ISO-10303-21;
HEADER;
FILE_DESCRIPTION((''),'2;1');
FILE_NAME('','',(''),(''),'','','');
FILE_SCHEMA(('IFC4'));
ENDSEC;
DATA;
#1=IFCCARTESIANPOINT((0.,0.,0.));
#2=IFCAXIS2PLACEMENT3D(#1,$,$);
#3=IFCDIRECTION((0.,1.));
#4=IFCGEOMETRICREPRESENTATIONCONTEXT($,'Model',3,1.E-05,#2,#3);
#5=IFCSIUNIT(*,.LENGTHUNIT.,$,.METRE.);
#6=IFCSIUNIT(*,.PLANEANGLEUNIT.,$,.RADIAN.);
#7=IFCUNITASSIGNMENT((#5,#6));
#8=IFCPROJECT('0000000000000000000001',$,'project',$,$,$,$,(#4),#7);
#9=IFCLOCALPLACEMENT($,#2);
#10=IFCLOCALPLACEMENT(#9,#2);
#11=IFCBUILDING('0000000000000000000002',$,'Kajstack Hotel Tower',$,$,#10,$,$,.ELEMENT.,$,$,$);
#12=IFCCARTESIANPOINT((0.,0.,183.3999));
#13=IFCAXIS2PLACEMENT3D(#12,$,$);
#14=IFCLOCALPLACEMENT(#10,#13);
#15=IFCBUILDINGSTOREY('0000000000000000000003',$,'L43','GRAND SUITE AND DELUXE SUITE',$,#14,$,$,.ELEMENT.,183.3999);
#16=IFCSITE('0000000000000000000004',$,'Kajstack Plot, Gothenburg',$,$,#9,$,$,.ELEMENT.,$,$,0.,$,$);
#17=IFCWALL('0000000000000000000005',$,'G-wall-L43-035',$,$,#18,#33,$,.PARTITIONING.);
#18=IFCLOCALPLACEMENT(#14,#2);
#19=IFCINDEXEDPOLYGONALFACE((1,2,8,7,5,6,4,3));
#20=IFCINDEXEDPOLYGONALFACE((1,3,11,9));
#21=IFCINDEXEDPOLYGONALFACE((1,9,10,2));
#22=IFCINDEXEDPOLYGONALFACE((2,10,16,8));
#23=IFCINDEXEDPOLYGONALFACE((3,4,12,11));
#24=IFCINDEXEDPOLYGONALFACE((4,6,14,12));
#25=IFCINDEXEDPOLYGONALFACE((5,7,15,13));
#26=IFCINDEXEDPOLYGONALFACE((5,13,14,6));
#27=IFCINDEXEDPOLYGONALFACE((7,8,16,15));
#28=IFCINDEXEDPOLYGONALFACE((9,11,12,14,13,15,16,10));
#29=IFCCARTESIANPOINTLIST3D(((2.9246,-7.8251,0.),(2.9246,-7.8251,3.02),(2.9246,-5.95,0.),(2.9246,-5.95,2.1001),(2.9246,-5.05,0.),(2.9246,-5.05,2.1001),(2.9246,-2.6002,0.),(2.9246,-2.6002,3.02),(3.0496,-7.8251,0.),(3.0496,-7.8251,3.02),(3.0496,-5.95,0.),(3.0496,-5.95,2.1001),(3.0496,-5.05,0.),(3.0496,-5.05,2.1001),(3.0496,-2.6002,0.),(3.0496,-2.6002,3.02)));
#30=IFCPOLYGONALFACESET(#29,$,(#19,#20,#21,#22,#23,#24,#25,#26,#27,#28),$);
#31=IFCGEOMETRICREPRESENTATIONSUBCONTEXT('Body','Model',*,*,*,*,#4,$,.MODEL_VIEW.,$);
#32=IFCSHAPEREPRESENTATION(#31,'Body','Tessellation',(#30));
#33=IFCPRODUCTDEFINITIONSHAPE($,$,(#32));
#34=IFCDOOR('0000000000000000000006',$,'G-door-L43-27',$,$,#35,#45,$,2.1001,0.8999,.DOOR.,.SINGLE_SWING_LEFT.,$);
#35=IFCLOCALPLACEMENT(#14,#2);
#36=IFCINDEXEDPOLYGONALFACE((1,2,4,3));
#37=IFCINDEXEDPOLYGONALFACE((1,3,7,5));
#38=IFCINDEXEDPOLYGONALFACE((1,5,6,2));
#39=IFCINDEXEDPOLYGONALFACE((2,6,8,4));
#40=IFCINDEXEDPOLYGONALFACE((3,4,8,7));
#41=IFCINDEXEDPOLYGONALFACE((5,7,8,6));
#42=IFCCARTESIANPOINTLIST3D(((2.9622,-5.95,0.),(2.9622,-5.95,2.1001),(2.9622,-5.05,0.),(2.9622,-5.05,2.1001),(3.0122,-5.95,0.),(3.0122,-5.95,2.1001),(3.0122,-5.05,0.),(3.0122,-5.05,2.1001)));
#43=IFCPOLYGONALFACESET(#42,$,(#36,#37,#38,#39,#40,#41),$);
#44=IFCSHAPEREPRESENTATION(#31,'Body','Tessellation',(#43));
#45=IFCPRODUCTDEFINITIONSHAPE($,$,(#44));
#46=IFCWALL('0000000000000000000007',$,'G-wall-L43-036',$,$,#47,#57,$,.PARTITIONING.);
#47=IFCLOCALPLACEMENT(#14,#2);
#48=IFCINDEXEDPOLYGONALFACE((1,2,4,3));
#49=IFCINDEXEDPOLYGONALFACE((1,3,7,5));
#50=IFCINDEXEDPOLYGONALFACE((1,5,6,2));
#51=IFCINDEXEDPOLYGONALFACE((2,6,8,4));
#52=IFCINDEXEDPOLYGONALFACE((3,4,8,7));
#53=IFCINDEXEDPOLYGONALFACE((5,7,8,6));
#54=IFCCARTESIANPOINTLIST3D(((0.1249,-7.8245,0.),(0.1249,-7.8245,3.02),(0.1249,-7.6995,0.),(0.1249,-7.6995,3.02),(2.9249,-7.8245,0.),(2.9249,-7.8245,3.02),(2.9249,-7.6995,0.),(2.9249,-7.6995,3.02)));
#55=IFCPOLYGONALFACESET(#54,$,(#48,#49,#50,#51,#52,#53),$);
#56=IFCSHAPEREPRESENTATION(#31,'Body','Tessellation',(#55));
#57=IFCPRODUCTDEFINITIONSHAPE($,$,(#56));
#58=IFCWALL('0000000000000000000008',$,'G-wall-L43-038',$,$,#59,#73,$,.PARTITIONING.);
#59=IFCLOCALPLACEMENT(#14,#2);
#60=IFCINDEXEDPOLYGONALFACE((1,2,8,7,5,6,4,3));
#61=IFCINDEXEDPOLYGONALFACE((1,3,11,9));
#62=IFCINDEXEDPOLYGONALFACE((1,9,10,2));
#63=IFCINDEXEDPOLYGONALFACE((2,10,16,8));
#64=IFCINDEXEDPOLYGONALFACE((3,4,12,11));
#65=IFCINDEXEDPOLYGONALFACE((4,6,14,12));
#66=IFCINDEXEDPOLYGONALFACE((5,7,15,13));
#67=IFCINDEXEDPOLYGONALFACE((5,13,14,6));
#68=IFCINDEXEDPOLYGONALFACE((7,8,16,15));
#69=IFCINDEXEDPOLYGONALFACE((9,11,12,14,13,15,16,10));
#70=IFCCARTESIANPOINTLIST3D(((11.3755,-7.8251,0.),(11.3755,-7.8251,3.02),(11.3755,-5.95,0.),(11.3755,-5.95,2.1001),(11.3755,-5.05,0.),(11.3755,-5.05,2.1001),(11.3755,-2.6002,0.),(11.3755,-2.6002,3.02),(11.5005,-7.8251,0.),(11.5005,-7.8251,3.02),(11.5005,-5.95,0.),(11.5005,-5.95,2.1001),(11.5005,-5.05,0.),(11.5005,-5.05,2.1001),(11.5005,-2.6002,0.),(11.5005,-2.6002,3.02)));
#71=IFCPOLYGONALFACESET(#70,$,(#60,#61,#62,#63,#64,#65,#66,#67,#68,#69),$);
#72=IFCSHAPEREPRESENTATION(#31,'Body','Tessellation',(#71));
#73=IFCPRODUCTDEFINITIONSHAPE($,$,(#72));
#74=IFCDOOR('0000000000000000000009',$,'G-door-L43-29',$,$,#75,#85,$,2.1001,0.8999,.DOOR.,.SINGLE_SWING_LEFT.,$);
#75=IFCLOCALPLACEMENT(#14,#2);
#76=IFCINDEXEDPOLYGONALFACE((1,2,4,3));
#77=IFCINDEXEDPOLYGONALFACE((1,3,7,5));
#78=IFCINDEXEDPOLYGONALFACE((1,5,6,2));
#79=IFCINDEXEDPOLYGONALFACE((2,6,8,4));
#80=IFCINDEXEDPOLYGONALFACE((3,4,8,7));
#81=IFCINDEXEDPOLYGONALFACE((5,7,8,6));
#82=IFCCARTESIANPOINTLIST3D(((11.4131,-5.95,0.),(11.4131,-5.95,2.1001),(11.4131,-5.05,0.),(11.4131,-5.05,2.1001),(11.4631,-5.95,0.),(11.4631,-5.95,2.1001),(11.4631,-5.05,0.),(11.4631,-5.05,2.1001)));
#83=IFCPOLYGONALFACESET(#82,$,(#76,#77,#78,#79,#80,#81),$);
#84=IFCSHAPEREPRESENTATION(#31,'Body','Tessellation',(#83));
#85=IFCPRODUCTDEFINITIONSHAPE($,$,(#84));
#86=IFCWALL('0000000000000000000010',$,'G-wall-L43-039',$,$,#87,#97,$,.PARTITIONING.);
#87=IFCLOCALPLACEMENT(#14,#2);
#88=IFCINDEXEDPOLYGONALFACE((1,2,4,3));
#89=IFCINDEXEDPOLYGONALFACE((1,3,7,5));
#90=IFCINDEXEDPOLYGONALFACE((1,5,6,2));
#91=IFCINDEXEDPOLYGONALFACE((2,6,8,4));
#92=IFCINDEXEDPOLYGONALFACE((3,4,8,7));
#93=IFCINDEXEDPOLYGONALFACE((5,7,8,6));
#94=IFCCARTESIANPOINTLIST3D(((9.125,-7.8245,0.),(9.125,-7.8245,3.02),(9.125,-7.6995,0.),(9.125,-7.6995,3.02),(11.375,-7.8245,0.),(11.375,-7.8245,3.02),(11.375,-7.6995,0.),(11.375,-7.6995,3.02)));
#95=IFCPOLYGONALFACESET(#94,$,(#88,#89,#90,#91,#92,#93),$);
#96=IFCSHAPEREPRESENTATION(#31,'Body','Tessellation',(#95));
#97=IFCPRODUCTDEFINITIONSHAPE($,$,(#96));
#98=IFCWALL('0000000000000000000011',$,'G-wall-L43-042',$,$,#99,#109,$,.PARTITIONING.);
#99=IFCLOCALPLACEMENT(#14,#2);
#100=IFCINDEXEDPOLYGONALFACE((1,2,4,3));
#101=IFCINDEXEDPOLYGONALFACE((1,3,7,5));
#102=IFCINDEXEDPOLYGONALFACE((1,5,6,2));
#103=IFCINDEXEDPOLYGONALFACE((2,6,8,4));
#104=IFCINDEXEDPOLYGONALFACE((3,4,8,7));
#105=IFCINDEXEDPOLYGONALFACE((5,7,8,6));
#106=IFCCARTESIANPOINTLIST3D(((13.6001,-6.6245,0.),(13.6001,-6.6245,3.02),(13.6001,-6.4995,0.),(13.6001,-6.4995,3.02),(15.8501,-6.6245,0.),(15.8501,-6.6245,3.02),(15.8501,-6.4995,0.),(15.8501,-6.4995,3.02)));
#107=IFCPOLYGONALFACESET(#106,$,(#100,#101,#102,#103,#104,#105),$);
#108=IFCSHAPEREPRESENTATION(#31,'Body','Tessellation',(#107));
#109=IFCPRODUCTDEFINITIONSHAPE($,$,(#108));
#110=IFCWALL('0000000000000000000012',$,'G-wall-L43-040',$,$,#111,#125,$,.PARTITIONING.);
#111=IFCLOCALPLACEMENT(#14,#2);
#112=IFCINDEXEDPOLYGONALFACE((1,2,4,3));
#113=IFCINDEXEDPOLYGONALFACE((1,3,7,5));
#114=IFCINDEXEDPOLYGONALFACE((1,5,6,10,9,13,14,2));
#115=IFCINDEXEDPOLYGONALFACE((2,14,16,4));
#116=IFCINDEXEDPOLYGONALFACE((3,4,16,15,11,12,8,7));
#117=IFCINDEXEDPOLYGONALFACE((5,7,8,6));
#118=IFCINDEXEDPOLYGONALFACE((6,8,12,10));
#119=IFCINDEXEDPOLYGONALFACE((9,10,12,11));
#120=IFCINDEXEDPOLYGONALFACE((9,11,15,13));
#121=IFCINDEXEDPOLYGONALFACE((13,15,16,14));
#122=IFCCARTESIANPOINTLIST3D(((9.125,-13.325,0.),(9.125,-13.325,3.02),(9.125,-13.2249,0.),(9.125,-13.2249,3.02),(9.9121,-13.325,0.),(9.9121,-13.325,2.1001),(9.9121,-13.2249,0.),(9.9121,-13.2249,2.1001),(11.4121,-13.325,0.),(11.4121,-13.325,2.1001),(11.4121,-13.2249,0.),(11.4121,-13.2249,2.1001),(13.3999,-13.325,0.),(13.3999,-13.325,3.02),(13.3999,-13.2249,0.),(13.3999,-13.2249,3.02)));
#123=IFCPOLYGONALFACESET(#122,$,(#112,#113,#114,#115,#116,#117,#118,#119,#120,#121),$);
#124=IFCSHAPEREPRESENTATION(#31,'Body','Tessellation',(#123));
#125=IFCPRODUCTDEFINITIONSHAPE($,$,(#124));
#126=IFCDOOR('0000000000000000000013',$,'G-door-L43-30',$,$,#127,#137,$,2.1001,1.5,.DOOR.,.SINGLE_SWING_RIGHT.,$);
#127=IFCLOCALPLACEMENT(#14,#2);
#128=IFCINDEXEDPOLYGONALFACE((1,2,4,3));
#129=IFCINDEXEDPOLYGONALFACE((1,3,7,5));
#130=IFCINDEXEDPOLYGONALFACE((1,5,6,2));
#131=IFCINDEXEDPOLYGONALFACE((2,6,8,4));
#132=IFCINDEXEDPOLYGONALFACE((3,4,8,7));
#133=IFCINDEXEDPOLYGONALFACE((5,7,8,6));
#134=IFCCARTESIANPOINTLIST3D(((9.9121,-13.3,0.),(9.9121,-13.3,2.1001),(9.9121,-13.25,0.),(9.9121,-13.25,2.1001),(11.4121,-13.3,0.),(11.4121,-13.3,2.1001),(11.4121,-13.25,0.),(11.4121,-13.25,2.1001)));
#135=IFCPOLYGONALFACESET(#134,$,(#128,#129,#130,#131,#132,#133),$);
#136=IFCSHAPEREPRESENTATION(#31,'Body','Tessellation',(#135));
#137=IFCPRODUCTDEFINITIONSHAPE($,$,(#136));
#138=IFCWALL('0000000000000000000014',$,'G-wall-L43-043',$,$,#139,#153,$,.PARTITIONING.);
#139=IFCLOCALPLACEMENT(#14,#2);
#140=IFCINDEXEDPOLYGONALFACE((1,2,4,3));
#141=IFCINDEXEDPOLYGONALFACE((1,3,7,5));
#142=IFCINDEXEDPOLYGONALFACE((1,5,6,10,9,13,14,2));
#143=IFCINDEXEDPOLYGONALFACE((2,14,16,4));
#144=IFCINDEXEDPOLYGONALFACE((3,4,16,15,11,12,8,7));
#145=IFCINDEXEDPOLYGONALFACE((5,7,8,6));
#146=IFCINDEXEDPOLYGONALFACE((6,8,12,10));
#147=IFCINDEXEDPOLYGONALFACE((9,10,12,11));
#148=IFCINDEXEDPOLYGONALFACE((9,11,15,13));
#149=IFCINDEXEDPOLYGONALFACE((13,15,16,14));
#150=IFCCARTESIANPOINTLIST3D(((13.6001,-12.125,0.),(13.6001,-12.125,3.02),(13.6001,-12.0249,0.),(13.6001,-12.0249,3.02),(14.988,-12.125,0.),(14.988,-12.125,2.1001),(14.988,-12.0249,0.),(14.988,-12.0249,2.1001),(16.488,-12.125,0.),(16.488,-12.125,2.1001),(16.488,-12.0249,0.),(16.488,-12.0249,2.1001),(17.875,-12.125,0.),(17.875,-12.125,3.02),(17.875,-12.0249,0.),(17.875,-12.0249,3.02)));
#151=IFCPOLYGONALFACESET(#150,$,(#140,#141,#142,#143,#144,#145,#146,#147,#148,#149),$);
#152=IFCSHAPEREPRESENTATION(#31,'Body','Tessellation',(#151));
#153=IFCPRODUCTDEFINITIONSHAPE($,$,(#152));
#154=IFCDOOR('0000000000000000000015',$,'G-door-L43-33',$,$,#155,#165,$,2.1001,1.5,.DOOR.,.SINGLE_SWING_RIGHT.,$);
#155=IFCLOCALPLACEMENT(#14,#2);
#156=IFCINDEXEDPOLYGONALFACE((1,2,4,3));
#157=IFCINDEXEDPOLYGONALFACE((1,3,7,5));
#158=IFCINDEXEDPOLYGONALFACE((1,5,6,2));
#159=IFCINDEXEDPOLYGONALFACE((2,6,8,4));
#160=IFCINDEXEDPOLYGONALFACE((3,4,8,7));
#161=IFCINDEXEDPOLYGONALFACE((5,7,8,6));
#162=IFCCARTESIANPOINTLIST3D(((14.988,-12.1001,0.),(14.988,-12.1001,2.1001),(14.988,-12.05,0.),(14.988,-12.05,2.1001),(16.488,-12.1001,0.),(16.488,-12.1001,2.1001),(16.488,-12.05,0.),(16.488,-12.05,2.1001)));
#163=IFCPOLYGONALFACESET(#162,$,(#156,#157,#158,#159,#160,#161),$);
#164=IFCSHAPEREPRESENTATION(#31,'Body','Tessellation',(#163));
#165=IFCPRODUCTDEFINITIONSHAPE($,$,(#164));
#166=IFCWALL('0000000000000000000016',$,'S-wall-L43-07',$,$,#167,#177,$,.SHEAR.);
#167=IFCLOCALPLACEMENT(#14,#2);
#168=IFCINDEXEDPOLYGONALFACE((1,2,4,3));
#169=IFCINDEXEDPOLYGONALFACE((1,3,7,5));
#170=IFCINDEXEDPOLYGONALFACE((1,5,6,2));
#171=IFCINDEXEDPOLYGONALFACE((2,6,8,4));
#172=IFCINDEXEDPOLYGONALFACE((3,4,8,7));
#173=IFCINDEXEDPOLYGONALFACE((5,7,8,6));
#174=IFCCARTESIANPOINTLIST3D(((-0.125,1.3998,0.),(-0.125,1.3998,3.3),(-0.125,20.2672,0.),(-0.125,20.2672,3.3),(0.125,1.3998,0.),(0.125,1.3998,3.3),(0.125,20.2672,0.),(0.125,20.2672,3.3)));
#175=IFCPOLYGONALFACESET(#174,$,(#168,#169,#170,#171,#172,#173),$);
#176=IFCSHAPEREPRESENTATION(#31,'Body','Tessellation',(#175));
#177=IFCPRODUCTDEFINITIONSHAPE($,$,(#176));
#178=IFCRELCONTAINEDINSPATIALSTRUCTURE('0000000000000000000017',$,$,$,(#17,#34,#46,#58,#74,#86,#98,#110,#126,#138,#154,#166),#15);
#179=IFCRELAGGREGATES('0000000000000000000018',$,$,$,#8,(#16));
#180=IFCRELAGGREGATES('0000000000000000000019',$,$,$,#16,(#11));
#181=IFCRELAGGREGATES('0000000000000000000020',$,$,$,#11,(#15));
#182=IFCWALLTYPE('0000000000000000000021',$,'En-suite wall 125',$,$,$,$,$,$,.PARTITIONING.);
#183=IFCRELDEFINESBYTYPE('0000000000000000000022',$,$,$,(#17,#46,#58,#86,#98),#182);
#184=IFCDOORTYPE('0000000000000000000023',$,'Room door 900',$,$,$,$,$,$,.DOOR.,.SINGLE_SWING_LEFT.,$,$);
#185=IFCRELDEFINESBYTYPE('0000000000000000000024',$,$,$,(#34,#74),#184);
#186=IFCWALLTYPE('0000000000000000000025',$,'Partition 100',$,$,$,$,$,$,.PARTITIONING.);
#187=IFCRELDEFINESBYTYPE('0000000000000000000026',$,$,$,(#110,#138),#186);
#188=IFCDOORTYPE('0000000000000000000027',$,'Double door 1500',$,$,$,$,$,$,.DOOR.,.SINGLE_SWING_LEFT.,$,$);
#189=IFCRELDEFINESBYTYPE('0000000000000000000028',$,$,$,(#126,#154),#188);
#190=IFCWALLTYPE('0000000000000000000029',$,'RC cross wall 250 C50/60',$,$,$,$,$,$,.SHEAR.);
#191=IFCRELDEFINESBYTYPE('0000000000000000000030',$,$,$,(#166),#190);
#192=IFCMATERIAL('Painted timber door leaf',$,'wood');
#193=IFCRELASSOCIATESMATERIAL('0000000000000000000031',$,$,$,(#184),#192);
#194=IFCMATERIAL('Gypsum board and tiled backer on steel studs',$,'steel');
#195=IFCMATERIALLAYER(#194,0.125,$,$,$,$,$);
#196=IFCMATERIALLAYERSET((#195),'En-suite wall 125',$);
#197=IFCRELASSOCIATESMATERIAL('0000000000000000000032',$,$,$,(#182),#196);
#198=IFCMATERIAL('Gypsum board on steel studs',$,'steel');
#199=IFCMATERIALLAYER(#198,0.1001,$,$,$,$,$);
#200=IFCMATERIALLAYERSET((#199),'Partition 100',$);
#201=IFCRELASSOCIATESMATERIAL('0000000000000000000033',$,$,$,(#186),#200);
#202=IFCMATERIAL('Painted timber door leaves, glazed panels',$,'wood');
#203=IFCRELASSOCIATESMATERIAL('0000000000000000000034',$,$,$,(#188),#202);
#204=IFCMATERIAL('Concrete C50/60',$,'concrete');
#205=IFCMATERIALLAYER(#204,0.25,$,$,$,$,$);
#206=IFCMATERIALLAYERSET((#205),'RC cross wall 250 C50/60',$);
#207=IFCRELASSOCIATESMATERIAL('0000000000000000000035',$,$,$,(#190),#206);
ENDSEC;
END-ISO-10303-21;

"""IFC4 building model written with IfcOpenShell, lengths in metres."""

from ifc_helpers import new_model, si_unit, direction, frame, frame_2d, origin, place, context, subcontext, project, spatial, rectangle, extrude, material, layer, layer_set, type_object, element, fill, save


model = new_model("IFC4")

# Units and contexts
model_context = context("Model", 3, precision=1e-05, world=origin(), true_north=direction((0.0, 1.0)))
body_context = subcontext(model_context, "Body", "Model", "MODEL_VIEW")
ifc_project = project(units=[si_unit("LENGTHUNIT", "METRE"), si_unit("PLANEANGLEUNIT", "RADIAN")], contexts=[model_context])

# Site, building, storey
site_placement = place(None, origin())
site = spatial("IfcSite", under=ifc_project, at=site_placement, Name="Kajstack Plot, Gothenburg", CompositionType="ELEMENT", RefElevation=0.0)
building_placement = place(site_placement, origin())
building = spatial("IfcBuilding", under=site, at=building_placement, Name="Kajstack Hotel Tower", CompositionType="ELEMENT")
storey_placement = place(building_placement, frame((0.0, 0.0, 183.3999)))
storey = spatial("IfcBuildingStorey", under=building, at=storey_placement, Name="L43", Description="GRAND SUITE AND DELUXE SUITE", CompositionType="ELEMENT", Elevation=183.3999)

# Shared definitions
ifc_material_1 = material(Name="Painted timber door leaf", Category="wood")
door_type_1 = type_object("IfcDoorType", Name="Room door 900", OperationType="SINGLE_SWING_LEFT", PredefinedType="DOOR", material=ifc_material_1)

# Wall, opening, door
ifc_material_2 = material(Name="Gypsum board and tiled backer on steel studs", Category="steel")
ifc_layer_1 = layer(ifc_material_2, 0.125)
ifc_layer_set_1 = layer_set([ifc_layer_1], Name="En-suite wall 125")
wall_type_1 = type_object("IfcWallType", Name="En-suite wall 125", PredefinedType="PARTITIONING", material=ifc_layer_set_1)
wall_1_placement = place(storey_placement, frame((2.9871, -7.825, 0.0), z_axis=(0.0, 0.0, 1.0), x_axis=(0.0, 1.0, 0.0)))
wall_1 = element("IfcWall", 1, at=wall_1_placement, inside=storey, type_object=wall_type_1, Name="G-wall-L43-035", PredefinedType="PARTITIONING", context=body_context, shape_type="SweptSolid", body=[
    extrude(rectangle(XDim=5.2249, YDim=0.125, at=frame_2d((2.6123, 0.0))), origin(), (0.0, 0.0, 1.0), 3.02),
])
opening_1_placement = place(wall_1_placement, frame((1.875, 0.0, 0.0)))
opening_1 = element("IfcOpeningElement", 2, at=opening_1_placement, cuts=wall_1, PredefinedType="OPENING", context=body_context, shape_type="SweptSolid", body=[
    extrude(rectangle(XDim=0.8999, YDim=2.1001, at=frame_2d((0.45, 1.05))), frame((0.0, 0.0725, 0.0), z_axis=(0.0, -1.0, 0.0), x_axis=(1.0, 0.0, 0.0)), (0.0, 0.0, 1.0), 0.145),
])
door_1_placement = place(opening_1_placement, origin())
door_1 = element("IfcDoor", 3, at=door_1_placement, inside=storey, type_object=door_type_1, Name="G-door-L43-27", OperationType="SINGLE_SWING_LEFT", OverallHeight=2.1001, OverallWidth=0.8999, PredefinedType="DOOR", context=body_context, shape_type="SweptSolid", body=[
    extrude(rectangle(XDim=0.8999, YDim=2.1001, at=frame_2d((0.45, 1.05))), frame((0.0, 0.0249, 0.0), z_axis=(0.0, -1.0, 0.0), x_axis=(1.0, 0.0, 0.0)), (0.0, 0.0, 1.0), 0.05),
])
fill(opening_1, door_1)

# Wall
wall_2_placement = place(storey_placement, frame((0.125, -7.762, 0.0), z_axis=(0.0, 0.0, 1.0), x_axis=(1.0, 0.0, 0.0)))
element("IfcWall", 4, at=wall_2_placement, inside=storey, type_object=wall_type_1, Name="G-wall-L43-036", PredefinedType="PARTITIONING", context=body_context, shape_type="SweptSolid", body=[
    extrude(rectangle(XDim=2.8, YDim=0.125, at=frame_2d((1.3999, 0.0))), origin(), (0.0, 0.0, 1.0), 3.02),
])

# Wall, opening, door
wall_3_placement = place(storey_placement, frame((11.438, -7.825, 0.0), z_axis=(0.0, 0.0, 1.0), x_axis=(0.0, 1.0, 0.0)))
wall_3 = element("IfcWall", 5, at=wall_3_placement, inside=storey, type_object=wall_type_1, Name="G-wall-L43-038", PredefinedType="PARTITIONING", context=body_context, shape_type="SweptSolid", body=[
    extrude(rectangle(XDim=5.2249, YDim=0.125, at=frame_2d((2.6123, 0.0))), origin(), (0.0, 0.0, 1.0), 3.02),
])
opening_2_placement = place(wall_3_placement, frame((1.875, 0.0, 0.0)))
opening_2 = element("IfcOpeningElement", 6, at=opening_2_placement, cuts=wall_3, PredefinedType="OPENING", context=body_context, shape_type="SweptSolid", body=[
    extrude(rectangle(XDim=0.8999, YDim=2.1001, at=frame_2d((0.45, 1.05))), frame((0.0, 0.0725, 0.0), z_axis=(0.0, -1.0, 0.0), x_axis=(1.0, 0.0, 0.0)), (0.0, 0.0, 1.0), 0.145),
])
door_2_placement = place(opening_2_placement, origin())
door_2 = element("IfcDoor", 7, at=door_2_placement, inside=storey, type_object=door_type_1, Name="G-door-L43-29", OperationType="SINGLE_SWING_LEFT", OverallHeight=2.1001, OverallWidth=0.8999, PredefinedType="DOOR", context=body_context, shape_type="SweptSolid", body=[
    extrude(rectangle(XDim=0.8999, YDim=2.1001, at=frame_2d((0.45, 1.05))), frame((0.0, 0.0249, 0.0), z_axis=(0.0, -1.0, 0.0), x_axis=(1.0, 0.0, 0.0)), (0.0, 0.0, 1.0), 0.05),
])
fill(opening_2, door_2)

# Walls
for number, where, z_axis, x_axis, name in (
    (8, (9.125, -7.762, 0.0), (0.0, 0.0, 1.0), (1.0, 0.0, 0.0), "G-wall-L43-039"),
    (9, (13.6001, -6.562, 0.0), (0.0, 0.0, 1.0), (1.0, 0.0, 0.0), "G-wall-L43-042"),
):
    element("IfcWall", number, at=place(storey_placement, frame(where, z_axis=z_axis, x_axis=x_axis)), inside=storey, type_object=wall_type_1, Name=name, PredefinedType="PARTITIONING", context=body_context, shape_type="SweptSolid", body=[
        extrude(rectangle(XDim=2.25, YDim=0.125, at=frame_2d((1.125, 0.0))), origin(), (0.0, 0.0, 1.0), 3.02),
    ])

# Walls, openings, doors
ifc_material_3 = material(Name="Gypsum board on steel studs", Category="steel")
ifc_layer_2 = layer(ifc_material_3, 0.1001)
ifc_layer_set_2 = layer_set([ifc_layer_2], Name="Partition 100")
wall_type_2 = type_object("IfcWallType", Name="Partition 100", PredefinedType="PARTITIONING", material=ifc_layer_set_2)
wall_4_placement = place(storey_placement, frame((9.125, -13.2749, 0.0), z_axis=(0.0, 0.0, 1.0), x_axis=(1.0, 0.0, 0.0)))
wall_4 = element("IfcWall", 10, at=wall_4_placement, inside=storey, type_object=wall_type_2, Name="G-wall-L43-040", PredefinedType="PARTITIONING", context=body_context, shape_type="SweptSolid", body=[
    extrude(rectangle(XDim=4.2749, YDim=0.1001, at=frame_2d((2.1375, 0.0))), origin(), (0.0, 0.0, 1.0), 3.02),
])
opening_3_placement = place(wall_4_placement, frame((0.7871, 0.0, 0.0)))
opening_3 = element("IfcOpeningElement", 11, at=opening_3_placement, cuts=wall_4, PredefinedType="OPENING", context=body_context, shape_type="SweptSolid", body=[
    extrude(rectangle(XDim=1.5, YDim=2.1001, at=frame_2d((0.75, 1.05))), frame((0.0, 0.0601, 0.0), z_axis=(0.0, -1.0, 0.0), x_axis=(1.0, 0.0, 0.0)), (0.0, 0.0, 1.0), 0.1201),
])
ifc_material_4 = material(Name="Painted timber door leaves, glazed panels", Category="wood")
door_type_2 = type_object("IfcDoorType", Name="Double door 1500", OperationType="SINGLE_SWING_LEFT", PredefinedType="DOOR", material=ifc_material_4)
door_3_placement = place(opening_3_placement, origin())
door_3 = element("IfcDoor", 12, at=door_3_placement, inside=storey, type_object=door_type_2, Name="G-door-L43-30", OperationType="SINGLE_SWING_RIGHT", OverallHeight=2.1001, OverallWidth=1.5, PredefinedType="DOOR", context=body_context, shape_type="SweptSolid", body=[
    extrude(rectangle(XDim=1.5, YDim=2.1001, at=frame_2d((0.75, 1.05))), frame((0.0, 0.0249, 0.0), z_axis=(0.0, -1.0, 0.0), x_axis=(1.0, 0.0, 0.0)), (0.0, 0.0, 1.0), 0.05),
])
fill(opening_3, door_3)
wall_5_placement = place(storey_placement, frame((13.6001, -12.075, 0.0), z_axis=(0.0, 0.0, 1.0), x_axis=(1.0, 0.0, 0.0)))
wall_5 = element("IfcWall", 13, at=wall_5_placement, inside=storey, type_object=wall_type_2, Name="G-wall-L43-043", PredefinedType="PARTITIONING", context=body_context, shape_type="SweptSolid", body=[
    extrude(rectangle(XDim=4.2749, YDim=0.1001, at=frame_2d((2.1375, 0.0))), origin(), (0.0, 0.0, 1.0), 3.02),
])
opening_4_placement = place(wall_5_placement, frame((1.3879, 0.0, 0.0)))
opening_4 = element("IfcOpeningElement", 14, at=opening_4_placement, cuts=wall_5, PredefinedType="OPENING", context=body_context, shape_type="SweptSolid", body=[
    extrude(rectangle(XDim=1.5, YDim=2.1001, at=frame_2d((0.75, 1.05))), frame((0.0, 0.0601, 0.0), z_axis=(0.0, -1.0, 0.0), x_axis=(1.0, 0.0, 0.0)), (0.0, 0.0, 1.0), 0.1201),
])
door_4_placement = place(opening_4_placement, origin())
door_4 = element("IfcDoor", 15, at=door_4_placement, inside=storey, type_object=door_type_2, Name="G-door-L43-33", OperationType="SINGLE_SWING_RIGHT", OverallHeight=2.1001, OverallWidth=1.5, PredefinedType="DOOR", context=body_context, shape_type="SweptSolid", body=[
    extrude(rectangle(XDim=1.5, YDim=2.1001, at=frame_2d((0.75, 1.05))), frame((0.0, 0.0249, 0.0), z_axis=(0.0, -1.0, 0.0), x_axis=(1.0, 0.0, 0.0)), (0.0, 0.0, 1.0), 0.05),
])
fill(opening_4, door_4)

# Wall
ifc_material_5 = material(Name="Concrete C50/60", Category="concrete")
ifc_layer_3 = layer(ifc_material_5, 0.25)
ifc_layer_set_3 = layer_set([ifc_layer_3], Name="RC cross wall 250 C50/60")
wall_type_3 = type_object("IfcWallType", Name="RC cross wall 250 C50/60", PredefinedType="SHEAR", material=ifc_layer_set_3)
wall_6_placement = place(storey_placement, frame((0.0, 1.3999, 0.0), z_axis=(0.0, 0.0, 1.0), x_axis=(0.0, 1.0, 0.0)))
element("IfcWall", 16, at=wall_6_placement, inside=storey, type_object=wall_type_3, Name="S-wall-L43-07", PredefinedType="SHEAR", context=body_context, shape_type="SweptSolid", body=[
    extrude(rectangle(XDim=18.8674, YDim=0.25, at=frame_2d((9.4336, 0.0))), origin(), (0.0, 0.0, 1.0), 3.3),
])

save(model, "model.ifc")
